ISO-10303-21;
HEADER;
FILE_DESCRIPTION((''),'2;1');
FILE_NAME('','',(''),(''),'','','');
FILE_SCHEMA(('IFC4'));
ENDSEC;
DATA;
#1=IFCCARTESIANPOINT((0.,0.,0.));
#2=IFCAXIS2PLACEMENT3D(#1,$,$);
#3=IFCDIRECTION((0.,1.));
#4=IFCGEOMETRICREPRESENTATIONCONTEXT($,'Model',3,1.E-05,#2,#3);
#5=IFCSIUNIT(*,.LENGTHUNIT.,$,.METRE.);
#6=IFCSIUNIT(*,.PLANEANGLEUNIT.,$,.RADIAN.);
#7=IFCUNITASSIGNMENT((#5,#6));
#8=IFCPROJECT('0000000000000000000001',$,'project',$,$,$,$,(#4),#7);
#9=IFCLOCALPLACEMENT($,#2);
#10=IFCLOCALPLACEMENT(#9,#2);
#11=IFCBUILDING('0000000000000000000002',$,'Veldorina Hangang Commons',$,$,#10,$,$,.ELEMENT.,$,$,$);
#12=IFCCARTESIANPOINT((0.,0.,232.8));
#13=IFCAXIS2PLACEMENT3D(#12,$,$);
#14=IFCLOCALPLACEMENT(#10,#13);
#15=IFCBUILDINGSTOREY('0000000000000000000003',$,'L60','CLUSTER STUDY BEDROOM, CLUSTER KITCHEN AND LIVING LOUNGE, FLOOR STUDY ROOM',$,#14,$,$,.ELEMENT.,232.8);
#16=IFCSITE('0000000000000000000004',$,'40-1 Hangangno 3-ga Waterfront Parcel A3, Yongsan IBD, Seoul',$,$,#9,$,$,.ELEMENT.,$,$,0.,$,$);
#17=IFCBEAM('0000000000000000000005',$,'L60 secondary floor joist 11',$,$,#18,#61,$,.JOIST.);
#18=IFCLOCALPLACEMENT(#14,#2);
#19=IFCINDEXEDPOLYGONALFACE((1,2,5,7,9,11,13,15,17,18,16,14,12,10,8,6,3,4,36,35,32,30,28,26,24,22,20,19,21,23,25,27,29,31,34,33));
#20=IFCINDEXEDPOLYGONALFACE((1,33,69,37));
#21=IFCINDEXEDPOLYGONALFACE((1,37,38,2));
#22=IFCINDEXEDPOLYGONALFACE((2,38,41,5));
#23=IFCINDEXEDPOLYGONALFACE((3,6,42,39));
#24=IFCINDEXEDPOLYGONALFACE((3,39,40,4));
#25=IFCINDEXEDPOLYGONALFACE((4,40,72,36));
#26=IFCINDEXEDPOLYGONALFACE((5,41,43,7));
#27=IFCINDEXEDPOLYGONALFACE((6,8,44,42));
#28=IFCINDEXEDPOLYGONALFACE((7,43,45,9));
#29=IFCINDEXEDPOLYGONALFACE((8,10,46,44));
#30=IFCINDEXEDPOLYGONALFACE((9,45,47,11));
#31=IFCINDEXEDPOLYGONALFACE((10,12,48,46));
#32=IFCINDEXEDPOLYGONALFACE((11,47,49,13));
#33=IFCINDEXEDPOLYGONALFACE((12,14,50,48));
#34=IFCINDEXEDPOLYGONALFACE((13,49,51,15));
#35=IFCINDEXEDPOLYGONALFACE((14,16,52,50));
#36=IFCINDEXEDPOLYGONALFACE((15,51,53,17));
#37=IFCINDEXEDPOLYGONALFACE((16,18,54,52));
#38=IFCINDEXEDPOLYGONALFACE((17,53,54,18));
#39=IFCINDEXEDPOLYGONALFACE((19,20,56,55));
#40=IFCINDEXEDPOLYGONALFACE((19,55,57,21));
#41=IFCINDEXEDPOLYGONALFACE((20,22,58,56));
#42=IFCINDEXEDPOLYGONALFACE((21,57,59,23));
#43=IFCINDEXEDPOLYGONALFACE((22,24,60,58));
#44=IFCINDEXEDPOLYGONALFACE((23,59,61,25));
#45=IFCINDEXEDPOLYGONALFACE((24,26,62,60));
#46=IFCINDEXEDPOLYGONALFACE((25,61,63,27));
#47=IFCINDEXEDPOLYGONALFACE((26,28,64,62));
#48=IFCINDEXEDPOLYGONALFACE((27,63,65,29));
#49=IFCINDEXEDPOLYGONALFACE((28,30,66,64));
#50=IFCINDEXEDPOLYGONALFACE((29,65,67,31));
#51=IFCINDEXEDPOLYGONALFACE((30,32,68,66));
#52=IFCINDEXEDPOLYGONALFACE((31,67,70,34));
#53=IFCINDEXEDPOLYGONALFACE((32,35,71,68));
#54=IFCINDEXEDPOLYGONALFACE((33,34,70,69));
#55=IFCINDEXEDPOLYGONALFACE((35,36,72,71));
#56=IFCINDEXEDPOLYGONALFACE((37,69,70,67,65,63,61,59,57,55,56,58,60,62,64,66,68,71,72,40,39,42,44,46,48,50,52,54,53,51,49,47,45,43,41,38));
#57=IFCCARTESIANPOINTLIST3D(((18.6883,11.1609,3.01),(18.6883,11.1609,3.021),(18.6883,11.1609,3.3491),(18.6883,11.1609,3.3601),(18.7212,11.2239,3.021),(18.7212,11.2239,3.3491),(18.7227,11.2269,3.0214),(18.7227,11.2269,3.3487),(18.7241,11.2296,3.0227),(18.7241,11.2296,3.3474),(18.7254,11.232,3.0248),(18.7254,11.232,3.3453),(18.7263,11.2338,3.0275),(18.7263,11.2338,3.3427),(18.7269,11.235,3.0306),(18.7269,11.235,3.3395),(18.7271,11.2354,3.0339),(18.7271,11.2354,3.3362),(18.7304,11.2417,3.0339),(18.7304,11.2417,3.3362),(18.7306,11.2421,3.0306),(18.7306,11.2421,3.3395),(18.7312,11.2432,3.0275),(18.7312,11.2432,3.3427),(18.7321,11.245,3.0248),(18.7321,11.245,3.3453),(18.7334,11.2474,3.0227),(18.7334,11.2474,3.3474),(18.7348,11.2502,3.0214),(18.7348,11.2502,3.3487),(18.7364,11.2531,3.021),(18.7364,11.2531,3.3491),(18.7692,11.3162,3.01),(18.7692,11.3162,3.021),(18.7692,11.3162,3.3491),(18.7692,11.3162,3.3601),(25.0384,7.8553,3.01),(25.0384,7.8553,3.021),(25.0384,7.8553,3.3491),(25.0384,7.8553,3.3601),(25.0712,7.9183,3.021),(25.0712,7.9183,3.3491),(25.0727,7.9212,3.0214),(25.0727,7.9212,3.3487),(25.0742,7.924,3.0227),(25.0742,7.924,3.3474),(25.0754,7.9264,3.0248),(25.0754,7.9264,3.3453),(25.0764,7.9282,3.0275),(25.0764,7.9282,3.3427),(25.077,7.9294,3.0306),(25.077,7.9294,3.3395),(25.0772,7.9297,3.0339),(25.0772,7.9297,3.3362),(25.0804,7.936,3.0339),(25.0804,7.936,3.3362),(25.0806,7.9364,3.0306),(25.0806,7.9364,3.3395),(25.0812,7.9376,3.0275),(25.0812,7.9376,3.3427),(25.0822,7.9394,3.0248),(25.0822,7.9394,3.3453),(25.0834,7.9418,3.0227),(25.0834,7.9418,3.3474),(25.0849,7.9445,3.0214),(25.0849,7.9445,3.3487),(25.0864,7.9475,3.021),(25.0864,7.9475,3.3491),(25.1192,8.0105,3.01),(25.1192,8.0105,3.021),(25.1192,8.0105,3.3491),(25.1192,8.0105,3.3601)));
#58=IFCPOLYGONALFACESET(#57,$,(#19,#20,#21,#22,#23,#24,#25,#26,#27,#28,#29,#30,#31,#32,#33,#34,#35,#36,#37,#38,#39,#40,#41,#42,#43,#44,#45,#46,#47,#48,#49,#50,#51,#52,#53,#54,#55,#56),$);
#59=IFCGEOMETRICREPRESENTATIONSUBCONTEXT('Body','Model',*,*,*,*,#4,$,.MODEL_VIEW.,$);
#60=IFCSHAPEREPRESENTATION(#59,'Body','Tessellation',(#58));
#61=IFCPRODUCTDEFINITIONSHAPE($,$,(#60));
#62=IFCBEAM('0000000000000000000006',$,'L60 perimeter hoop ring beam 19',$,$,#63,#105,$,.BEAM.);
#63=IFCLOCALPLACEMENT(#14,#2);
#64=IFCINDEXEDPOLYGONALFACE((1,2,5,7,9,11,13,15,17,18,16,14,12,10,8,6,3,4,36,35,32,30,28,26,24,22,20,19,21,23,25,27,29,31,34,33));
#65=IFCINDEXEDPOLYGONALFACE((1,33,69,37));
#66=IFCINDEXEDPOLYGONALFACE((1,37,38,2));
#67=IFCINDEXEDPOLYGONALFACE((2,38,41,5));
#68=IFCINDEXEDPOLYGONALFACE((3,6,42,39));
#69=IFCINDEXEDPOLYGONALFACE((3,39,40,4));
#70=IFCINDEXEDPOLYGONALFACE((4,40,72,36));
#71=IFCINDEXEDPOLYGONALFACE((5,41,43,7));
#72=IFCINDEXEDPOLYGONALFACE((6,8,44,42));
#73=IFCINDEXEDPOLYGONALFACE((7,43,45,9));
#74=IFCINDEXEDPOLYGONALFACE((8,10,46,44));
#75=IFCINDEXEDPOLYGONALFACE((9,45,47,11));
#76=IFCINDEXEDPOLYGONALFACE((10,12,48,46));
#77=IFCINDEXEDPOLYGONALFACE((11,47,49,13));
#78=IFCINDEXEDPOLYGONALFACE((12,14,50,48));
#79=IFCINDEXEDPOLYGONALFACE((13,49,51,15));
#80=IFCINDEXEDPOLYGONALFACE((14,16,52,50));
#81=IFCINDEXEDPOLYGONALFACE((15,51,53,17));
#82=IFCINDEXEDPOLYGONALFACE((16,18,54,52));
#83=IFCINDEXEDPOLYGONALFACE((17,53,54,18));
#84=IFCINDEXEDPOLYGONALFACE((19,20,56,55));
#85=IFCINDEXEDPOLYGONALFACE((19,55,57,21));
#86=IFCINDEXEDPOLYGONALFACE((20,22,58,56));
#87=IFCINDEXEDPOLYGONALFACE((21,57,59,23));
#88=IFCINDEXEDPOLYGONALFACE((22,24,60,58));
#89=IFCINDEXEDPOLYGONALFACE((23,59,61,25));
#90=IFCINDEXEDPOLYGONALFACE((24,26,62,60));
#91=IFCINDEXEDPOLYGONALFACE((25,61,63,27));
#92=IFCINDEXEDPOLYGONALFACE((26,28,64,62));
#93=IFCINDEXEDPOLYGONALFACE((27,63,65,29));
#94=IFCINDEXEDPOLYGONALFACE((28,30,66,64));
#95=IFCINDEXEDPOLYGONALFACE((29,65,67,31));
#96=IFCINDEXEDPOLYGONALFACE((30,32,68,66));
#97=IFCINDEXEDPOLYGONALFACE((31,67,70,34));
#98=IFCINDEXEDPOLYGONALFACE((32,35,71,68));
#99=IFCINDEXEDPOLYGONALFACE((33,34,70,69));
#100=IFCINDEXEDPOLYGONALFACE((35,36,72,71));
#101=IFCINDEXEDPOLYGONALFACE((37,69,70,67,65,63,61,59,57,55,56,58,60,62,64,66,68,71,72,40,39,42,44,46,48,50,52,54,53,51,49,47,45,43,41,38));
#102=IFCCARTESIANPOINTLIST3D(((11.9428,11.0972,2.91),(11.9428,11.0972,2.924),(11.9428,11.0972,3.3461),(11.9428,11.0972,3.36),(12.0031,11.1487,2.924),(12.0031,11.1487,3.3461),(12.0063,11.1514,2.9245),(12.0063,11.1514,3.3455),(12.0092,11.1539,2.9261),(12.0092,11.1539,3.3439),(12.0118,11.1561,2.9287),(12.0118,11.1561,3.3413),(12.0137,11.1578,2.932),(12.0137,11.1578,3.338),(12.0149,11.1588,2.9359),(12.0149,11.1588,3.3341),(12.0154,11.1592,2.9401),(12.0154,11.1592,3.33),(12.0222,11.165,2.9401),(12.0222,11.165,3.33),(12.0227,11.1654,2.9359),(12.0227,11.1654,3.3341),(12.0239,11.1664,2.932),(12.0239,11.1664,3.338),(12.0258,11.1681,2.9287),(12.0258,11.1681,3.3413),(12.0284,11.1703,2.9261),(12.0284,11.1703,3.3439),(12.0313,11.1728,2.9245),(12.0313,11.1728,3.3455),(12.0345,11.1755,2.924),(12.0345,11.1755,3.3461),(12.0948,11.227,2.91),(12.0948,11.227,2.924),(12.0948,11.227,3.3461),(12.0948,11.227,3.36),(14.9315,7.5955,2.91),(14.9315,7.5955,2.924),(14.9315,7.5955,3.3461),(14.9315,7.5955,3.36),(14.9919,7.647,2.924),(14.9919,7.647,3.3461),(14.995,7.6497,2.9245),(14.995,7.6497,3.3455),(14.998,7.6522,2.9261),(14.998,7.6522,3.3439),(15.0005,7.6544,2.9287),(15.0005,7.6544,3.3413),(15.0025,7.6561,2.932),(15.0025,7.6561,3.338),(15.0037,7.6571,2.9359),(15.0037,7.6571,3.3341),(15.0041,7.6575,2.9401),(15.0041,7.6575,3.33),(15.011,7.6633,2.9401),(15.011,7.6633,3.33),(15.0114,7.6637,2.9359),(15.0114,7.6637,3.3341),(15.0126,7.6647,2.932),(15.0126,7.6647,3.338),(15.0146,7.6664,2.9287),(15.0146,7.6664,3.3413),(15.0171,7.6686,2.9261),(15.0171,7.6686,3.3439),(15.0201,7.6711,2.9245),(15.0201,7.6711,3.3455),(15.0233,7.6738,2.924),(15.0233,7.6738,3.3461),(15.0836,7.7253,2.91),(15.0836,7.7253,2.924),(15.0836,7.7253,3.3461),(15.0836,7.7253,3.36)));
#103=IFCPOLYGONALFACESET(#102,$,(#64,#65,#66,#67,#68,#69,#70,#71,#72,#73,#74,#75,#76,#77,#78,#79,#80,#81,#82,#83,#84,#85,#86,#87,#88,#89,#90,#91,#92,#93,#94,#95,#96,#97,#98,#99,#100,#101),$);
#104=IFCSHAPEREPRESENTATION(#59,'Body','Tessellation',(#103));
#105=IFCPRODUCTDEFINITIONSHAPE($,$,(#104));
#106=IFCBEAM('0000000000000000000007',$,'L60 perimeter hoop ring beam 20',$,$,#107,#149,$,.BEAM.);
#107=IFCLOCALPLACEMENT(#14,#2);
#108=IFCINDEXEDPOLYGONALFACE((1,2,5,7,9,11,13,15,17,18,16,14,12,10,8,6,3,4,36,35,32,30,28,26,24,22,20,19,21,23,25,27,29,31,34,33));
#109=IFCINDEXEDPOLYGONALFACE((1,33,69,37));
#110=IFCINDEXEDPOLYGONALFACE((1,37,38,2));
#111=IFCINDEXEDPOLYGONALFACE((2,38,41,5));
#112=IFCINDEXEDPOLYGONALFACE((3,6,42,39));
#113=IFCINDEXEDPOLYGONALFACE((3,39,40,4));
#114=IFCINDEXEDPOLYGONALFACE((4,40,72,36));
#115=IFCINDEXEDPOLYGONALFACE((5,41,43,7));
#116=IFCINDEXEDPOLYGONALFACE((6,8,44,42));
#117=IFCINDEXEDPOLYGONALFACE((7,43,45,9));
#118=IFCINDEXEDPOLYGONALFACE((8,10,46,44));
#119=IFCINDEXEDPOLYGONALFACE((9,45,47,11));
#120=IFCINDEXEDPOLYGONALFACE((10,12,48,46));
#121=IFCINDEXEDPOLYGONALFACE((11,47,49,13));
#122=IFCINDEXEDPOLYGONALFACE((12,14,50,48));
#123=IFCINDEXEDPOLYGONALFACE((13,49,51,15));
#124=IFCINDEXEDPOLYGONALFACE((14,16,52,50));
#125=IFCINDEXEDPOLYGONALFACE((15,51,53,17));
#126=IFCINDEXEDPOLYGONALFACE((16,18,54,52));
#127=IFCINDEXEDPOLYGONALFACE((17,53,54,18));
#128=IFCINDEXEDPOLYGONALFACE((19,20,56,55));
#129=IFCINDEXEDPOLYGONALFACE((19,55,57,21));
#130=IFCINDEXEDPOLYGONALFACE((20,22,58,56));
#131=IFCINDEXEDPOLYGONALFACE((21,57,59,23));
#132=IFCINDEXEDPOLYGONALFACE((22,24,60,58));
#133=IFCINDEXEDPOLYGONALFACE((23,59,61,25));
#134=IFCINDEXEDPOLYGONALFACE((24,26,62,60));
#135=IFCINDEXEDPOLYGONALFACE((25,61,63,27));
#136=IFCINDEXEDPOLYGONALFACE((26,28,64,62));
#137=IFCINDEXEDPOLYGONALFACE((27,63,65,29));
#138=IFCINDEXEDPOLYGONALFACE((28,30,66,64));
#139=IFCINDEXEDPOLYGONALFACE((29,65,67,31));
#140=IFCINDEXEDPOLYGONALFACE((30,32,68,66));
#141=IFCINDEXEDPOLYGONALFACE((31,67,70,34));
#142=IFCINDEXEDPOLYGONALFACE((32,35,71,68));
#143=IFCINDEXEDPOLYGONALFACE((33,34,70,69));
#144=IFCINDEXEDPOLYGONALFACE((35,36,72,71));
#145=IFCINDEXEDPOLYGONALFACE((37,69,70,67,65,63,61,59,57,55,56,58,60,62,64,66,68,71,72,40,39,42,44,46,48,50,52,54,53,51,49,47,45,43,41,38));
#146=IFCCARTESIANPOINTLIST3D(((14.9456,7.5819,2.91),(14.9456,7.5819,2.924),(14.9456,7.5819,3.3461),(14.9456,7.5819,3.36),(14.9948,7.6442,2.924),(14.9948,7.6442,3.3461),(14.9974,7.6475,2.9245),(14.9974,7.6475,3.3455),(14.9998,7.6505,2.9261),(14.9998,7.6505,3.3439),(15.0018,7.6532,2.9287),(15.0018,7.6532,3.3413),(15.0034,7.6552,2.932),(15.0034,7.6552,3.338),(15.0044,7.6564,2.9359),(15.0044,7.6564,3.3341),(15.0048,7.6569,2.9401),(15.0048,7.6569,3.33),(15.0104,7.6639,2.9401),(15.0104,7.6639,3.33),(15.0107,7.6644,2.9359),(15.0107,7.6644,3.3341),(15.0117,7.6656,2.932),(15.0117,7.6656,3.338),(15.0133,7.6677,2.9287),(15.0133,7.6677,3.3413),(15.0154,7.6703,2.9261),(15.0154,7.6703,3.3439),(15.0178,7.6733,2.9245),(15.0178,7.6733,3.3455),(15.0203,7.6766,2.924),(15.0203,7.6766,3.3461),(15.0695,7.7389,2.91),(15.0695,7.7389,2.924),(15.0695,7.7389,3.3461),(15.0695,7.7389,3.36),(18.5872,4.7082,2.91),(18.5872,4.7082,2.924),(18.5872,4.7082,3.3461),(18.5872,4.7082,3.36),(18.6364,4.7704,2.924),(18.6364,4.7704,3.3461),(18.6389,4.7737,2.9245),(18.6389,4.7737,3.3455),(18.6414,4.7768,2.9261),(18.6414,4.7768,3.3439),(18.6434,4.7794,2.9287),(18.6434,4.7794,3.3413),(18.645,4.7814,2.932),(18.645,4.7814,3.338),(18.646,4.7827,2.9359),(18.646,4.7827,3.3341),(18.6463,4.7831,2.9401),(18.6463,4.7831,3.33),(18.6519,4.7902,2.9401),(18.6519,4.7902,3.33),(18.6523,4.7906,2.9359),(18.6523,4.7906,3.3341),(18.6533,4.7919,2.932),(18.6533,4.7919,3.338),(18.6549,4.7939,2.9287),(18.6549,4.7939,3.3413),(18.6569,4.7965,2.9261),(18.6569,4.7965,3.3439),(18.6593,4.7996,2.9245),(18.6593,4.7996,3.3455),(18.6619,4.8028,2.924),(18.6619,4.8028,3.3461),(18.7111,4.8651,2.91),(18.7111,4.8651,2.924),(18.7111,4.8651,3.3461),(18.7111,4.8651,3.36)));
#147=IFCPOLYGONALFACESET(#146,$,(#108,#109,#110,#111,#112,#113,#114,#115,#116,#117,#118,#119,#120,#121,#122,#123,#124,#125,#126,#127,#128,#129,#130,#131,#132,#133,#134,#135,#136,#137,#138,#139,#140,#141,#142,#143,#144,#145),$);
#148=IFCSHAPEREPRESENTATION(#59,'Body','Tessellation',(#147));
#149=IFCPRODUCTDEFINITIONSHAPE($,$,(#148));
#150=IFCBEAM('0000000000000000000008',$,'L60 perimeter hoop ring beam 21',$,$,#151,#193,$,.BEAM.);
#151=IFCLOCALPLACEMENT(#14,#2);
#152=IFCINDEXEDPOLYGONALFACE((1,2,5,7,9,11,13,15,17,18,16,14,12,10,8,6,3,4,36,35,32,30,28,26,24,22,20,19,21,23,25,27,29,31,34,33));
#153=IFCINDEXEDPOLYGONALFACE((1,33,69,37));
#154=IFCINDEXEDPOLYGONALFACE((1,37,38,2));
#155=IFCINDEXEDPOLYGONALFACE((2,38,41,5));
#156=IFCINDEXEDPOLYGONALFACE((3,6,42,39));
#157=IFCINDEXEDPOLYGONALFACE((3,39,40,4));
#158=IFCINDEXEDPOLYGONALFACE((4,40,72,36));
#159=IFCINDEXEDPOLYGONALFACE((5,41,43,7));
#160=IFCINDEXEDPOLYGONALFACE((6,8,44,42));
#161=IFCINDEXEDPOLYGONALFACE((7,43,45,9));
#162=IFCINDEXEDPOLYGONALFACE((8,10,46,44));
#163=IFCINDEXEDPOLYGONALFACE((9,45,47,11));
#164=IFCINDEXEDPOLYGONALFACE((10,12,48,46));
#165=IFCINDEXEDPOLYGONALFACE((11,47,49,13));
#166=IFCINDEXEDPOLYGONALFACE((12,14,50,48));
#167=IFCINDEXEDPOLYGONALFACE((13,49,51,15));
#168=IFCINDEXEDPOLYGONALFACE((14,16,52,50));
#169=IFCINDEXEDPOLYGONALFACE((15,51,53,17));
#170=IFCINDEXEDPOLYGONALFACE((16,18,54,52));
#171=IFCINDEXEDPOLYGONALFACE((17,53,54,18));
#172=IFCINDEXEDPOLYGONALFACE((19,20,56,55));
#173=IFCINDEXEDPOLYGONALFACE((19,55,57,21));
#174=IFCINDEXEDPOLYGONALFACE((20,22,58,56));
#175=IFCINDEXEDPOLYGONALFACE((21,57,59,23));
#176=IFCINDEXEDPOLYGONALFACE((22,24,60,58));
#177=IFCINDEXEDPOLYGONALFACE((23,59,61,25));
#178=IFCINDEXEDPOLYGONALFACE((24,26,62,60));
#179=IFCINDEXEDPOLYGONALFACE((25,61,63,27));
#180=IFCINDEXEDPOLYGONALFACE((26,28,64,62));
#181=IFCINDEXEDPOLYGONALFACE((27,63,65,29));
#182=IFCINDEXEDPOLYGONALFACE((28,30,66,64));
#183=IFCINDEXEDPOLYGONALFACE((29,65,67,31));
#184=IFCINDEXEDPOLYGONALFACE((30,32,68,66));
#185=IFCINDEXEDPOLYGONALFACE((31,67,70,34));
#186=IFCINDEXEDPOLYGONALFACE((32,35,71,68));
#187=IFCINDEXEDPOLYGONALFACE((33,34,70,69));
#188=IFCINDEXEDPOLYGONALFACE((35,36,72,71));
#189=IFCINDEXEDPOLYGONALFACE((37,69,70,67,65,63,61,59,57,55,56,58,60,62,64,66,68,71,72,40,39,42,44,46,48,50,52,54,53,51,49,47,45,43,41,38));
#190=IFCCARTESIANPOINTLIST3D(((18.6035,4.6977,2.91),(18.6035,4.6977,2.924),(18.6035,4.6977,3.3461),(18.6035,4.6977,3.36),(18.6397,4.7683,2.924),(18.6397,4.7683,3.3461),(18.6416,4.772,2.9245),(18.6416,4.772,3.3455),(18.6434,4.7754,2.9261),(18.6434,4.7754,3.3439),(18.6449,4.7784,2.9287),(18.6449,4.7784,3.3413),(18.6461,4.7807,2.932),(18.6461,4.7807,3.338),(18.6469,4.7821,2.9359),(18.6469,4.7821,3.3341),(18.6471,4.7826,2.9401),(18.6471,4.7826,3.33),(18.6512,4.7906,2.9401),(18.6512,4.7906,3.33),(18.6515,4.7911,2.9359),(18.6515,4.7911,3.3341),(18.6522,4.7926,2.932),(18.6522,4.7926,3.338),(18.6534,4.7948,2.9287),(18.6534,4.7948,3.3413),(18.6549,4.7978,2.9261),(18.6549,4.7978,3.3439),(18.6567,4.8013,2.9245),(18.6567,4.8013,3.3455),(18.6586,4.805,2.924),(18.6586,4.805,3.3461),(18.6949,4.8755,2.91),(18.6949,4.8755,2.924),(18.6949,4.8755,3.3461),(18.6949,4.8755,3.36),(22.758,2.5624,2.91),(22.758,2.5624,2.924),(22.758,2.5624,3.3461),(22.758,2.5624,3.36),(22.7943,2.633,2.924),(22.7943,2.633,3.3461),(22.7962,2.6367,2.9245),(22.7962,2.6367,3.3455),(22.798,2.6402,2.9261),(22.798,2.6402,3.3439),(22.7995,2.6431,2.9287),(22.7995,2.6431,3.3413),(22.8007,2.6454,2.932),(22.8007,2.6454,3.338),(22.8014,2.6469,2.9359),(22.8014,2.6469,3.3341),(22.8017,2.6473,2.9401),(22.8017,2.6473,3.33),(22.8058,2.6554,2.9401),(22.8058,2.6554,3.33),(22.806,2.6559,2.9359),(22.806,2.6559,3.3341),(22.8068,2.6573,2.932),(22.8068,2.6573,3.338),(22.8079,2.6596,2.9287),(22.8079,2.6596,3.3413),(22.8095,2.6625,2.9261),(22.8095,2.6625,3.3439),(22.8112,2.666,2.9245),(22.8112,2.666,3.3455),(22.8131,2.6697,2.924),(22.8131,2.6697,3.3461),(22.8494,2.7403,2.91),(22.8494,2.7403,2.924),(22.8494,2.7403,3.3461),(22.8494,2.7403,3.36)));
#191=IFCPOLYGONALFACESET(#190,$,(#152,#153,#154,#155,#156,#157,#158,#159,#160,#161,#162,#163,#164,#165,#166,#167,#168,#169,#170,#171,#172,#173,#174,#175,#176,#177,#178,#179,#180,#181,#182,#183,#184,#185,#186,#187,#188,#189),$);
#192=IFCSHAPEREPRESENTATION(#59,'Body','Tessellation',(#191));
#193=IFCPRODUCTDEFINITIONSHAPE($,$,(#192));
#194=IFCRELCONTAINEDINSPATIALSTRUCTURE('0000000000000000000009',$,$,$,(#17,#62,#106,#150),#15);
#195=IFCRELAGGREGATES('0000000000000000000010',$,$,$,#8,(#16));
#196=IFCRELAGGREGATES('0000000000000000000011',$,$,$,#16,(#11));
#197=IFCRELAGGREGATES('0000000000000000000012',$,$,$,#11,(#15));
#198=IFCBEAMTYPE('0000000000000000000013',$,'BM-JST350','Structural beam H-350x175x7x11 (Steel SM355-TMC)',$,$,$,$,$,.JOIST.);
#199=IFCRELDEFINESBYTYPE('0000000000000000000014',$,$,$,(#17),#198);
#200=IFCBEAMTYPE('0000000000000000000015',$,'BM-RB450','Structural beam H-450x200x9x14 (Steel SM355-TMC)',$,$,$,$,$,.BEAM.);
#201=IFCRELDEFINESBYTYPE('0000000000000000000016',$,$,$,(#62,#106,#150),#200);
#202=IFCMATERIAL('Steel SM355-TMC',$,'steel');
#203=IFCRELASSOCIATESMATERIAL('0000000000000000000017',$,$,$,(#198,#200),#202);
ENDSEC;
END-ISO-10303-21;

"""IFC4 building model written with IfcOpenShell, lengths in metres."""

from ifc_helpers import new_model, si_unit, direction, frame, origin, origin_2d, place, context, subcontext, project, spatial, i_section, extrude, material, material_profile, profile_set, type_object, element, save


model = new_model("IFC4")

# Units and contexts
model_context = context("Model", 3, precision=1e-05, world=origin(), true_north=direction((0.0, 1.0)))
body_context = subcontext(model_context, "Body", "Model", "MODEL_VIEW")
ifc_project = project(units=[si_unit("LENGTHUNIT", "METRE"), si_unit("PLANEANGLEUNIT", "RADIAN")], contexts=[model_context])

# Site, building, storey
site_placement = place(None, origin())
site = spatial("IfcSite", under=ifc_project, at=site_placement, Name="40-1 Hangangno 3-ga Waterfront Parcel A3, Yongsan IBD, Seoul", CompositionType="ELEMENT", RefElevation=0.0)
building_placement = place(site_placement, origin())
building = spatial("IfcBuilding", under=site, at=building_placement, Name="Veldorina Hangang Commons", CompositionType="ELEMENT")
storey_placement = place(building_placement, frame((0.0, 0.0, 232.8)))
storey = spatial("IfcBuildingStorey", under=building, at=storey_placement, Name="L60", Description="CLUSTER STUDY BEDROOM, CLUSTER KITCHEN AND LIVING LOUNGE, FLOOR STUDY ROOM", CompositionType="ELEMENT", Elevation=232.8)

# Beams
ifc_material_1 = material(Name="Steel SM355-TMC", Category="steel")
ifc_material_profile_1 = material_profile(ifc_material_1, i_section(OverallWidth=0.175, OverallDepth=0.3501, WebThickness=0.0071, FlangeThickness=0.011, FilletRadius=0.0129, at=origin_2d()), Name="H-350x175x7x11")
ifc_profile_set_1 = profile_set([ifc_material_profile_1], Name="Steel SM355-TMC")
beam_type_1 = type_object("IfcBeamType", Name="BM-JST350", Description="Structural beam H-350x175x7x11 (Steel SM355-TMC)", PredefinedType="JOIST", material=ifc_profile_set_1)
beam_1_placement = place(storey_placement, frame((18.7288, 11.2385, 3.1851), z_axis=(0.88701, -0.46175, 0.0), x_axis=(0.46175, 0.88701, 0.0)))
element("IfcBeam", 1, at=beam_1_placement, inside=storey, type_object=beam_type_1, Name="L60 secondary floor joist 11", PredefinedType="JOIST", context=body_context, shape_type="SweptSolid", body=[
    extrude(i_section(OverallWidth=0.175, OverallDepth=0.3501, WebThickness=0.0071, FlangeThickness=0.011, FilletRadius=0.0129, at=origin_2d()), origin(), (0.0, 0.0, 1.0), 7.1589),
])
ifc_material_profile_2 = material_profile(ifc_material_1, i_section(OverallWidth=0.2, OverallDepth=0.45, WebThickness=0.009, FlangeThickness=0.0139, FilletRadius=0.0161, at=origin_2d()), Name="H-450x200x9x14")
ifc_profile_set_2 = profile_set([ifc_material_profile_2], Name="Steel SM355-TMC")
beam_type_2 = type_object("IfcBeamType", Name="BM-RB450", Description="Structural beam H-450x200x9x14 (Steel SM355-TMC)", PredefinedType="BEAM", material=ifc_profile_set_2)
beam_2_placement = place(storey_placement, frame((12.0188, 11.1621, 3.135), z_axis=(0.6492, -0.760618, 0.0), x_axis=(0.760618, 0.6492, 0.0)))
element("IfcBeam", 2, at=beam_2_placement, inside=storey, type_object=beam_type_2, Name="L60 perimeter hoop ring beam 19", PredefinedType="BEAM", context=body_context, shape_type="SweptSolid", body=[
    extrude(i_section(OverallWidth=0.2, OverallDepth=0.45, WebThickness=0.009, FlangeThickness=0.0139, FilletRadius=0.0161, at=origin_2d()), origin(), (0.0, 0.0, 1.0), 4.6038),
])
beam_3_placement = place(storey_placement, frame((15.0076, 7.6604, 3.135), z_axis=(0.785005, -0.619489, 0.0), x_axis=(0.619489, 0.785005, 0.0)))
element("IfcBeam", 3, at=beam_3_placement, inside=storey, type_object=beam_type_2, Name="L60 perimeter hoop ring beam 20", PredefinedType="BEAM", context=body_context, shape_type="SweptSolid", body=[
    extrude(i_section(OverallWidth=0.2, OverallDepth=0.45, WebThickness=0.009, FlangeThickness=0.0139, FilletRadius=0.0161, at=origin_2d()), origin(), (0.0, 0.0, 1.0), 4.6389),
])
beam_4_placement = place(storey_placement, frame((18.6492, 4.7866, 3.135), z_axis=(0.889407, -0.457117, 0.0), x_axis=(0.457117, 0.889407, 0.0)))
element("IfcBeam", 4, at=beam_4_placement, inside=storey, type_object=beam_type_2, Name="L60 perimeter hoop ring beam 21", PredefinedType="BEAM", context=body_context, shape_type="SweptSolid", body=[
    extrude(i_section(OverallWidth=0.2, OverallDepth=0.45, WebThickness=0.009, FlangeThickness=0.0139, FilletRadius=0.0161, at=origin_2d()), origin(), (0.0, 0.0, 1.0), 4.6711),
])

save(model, "model.ifc")
